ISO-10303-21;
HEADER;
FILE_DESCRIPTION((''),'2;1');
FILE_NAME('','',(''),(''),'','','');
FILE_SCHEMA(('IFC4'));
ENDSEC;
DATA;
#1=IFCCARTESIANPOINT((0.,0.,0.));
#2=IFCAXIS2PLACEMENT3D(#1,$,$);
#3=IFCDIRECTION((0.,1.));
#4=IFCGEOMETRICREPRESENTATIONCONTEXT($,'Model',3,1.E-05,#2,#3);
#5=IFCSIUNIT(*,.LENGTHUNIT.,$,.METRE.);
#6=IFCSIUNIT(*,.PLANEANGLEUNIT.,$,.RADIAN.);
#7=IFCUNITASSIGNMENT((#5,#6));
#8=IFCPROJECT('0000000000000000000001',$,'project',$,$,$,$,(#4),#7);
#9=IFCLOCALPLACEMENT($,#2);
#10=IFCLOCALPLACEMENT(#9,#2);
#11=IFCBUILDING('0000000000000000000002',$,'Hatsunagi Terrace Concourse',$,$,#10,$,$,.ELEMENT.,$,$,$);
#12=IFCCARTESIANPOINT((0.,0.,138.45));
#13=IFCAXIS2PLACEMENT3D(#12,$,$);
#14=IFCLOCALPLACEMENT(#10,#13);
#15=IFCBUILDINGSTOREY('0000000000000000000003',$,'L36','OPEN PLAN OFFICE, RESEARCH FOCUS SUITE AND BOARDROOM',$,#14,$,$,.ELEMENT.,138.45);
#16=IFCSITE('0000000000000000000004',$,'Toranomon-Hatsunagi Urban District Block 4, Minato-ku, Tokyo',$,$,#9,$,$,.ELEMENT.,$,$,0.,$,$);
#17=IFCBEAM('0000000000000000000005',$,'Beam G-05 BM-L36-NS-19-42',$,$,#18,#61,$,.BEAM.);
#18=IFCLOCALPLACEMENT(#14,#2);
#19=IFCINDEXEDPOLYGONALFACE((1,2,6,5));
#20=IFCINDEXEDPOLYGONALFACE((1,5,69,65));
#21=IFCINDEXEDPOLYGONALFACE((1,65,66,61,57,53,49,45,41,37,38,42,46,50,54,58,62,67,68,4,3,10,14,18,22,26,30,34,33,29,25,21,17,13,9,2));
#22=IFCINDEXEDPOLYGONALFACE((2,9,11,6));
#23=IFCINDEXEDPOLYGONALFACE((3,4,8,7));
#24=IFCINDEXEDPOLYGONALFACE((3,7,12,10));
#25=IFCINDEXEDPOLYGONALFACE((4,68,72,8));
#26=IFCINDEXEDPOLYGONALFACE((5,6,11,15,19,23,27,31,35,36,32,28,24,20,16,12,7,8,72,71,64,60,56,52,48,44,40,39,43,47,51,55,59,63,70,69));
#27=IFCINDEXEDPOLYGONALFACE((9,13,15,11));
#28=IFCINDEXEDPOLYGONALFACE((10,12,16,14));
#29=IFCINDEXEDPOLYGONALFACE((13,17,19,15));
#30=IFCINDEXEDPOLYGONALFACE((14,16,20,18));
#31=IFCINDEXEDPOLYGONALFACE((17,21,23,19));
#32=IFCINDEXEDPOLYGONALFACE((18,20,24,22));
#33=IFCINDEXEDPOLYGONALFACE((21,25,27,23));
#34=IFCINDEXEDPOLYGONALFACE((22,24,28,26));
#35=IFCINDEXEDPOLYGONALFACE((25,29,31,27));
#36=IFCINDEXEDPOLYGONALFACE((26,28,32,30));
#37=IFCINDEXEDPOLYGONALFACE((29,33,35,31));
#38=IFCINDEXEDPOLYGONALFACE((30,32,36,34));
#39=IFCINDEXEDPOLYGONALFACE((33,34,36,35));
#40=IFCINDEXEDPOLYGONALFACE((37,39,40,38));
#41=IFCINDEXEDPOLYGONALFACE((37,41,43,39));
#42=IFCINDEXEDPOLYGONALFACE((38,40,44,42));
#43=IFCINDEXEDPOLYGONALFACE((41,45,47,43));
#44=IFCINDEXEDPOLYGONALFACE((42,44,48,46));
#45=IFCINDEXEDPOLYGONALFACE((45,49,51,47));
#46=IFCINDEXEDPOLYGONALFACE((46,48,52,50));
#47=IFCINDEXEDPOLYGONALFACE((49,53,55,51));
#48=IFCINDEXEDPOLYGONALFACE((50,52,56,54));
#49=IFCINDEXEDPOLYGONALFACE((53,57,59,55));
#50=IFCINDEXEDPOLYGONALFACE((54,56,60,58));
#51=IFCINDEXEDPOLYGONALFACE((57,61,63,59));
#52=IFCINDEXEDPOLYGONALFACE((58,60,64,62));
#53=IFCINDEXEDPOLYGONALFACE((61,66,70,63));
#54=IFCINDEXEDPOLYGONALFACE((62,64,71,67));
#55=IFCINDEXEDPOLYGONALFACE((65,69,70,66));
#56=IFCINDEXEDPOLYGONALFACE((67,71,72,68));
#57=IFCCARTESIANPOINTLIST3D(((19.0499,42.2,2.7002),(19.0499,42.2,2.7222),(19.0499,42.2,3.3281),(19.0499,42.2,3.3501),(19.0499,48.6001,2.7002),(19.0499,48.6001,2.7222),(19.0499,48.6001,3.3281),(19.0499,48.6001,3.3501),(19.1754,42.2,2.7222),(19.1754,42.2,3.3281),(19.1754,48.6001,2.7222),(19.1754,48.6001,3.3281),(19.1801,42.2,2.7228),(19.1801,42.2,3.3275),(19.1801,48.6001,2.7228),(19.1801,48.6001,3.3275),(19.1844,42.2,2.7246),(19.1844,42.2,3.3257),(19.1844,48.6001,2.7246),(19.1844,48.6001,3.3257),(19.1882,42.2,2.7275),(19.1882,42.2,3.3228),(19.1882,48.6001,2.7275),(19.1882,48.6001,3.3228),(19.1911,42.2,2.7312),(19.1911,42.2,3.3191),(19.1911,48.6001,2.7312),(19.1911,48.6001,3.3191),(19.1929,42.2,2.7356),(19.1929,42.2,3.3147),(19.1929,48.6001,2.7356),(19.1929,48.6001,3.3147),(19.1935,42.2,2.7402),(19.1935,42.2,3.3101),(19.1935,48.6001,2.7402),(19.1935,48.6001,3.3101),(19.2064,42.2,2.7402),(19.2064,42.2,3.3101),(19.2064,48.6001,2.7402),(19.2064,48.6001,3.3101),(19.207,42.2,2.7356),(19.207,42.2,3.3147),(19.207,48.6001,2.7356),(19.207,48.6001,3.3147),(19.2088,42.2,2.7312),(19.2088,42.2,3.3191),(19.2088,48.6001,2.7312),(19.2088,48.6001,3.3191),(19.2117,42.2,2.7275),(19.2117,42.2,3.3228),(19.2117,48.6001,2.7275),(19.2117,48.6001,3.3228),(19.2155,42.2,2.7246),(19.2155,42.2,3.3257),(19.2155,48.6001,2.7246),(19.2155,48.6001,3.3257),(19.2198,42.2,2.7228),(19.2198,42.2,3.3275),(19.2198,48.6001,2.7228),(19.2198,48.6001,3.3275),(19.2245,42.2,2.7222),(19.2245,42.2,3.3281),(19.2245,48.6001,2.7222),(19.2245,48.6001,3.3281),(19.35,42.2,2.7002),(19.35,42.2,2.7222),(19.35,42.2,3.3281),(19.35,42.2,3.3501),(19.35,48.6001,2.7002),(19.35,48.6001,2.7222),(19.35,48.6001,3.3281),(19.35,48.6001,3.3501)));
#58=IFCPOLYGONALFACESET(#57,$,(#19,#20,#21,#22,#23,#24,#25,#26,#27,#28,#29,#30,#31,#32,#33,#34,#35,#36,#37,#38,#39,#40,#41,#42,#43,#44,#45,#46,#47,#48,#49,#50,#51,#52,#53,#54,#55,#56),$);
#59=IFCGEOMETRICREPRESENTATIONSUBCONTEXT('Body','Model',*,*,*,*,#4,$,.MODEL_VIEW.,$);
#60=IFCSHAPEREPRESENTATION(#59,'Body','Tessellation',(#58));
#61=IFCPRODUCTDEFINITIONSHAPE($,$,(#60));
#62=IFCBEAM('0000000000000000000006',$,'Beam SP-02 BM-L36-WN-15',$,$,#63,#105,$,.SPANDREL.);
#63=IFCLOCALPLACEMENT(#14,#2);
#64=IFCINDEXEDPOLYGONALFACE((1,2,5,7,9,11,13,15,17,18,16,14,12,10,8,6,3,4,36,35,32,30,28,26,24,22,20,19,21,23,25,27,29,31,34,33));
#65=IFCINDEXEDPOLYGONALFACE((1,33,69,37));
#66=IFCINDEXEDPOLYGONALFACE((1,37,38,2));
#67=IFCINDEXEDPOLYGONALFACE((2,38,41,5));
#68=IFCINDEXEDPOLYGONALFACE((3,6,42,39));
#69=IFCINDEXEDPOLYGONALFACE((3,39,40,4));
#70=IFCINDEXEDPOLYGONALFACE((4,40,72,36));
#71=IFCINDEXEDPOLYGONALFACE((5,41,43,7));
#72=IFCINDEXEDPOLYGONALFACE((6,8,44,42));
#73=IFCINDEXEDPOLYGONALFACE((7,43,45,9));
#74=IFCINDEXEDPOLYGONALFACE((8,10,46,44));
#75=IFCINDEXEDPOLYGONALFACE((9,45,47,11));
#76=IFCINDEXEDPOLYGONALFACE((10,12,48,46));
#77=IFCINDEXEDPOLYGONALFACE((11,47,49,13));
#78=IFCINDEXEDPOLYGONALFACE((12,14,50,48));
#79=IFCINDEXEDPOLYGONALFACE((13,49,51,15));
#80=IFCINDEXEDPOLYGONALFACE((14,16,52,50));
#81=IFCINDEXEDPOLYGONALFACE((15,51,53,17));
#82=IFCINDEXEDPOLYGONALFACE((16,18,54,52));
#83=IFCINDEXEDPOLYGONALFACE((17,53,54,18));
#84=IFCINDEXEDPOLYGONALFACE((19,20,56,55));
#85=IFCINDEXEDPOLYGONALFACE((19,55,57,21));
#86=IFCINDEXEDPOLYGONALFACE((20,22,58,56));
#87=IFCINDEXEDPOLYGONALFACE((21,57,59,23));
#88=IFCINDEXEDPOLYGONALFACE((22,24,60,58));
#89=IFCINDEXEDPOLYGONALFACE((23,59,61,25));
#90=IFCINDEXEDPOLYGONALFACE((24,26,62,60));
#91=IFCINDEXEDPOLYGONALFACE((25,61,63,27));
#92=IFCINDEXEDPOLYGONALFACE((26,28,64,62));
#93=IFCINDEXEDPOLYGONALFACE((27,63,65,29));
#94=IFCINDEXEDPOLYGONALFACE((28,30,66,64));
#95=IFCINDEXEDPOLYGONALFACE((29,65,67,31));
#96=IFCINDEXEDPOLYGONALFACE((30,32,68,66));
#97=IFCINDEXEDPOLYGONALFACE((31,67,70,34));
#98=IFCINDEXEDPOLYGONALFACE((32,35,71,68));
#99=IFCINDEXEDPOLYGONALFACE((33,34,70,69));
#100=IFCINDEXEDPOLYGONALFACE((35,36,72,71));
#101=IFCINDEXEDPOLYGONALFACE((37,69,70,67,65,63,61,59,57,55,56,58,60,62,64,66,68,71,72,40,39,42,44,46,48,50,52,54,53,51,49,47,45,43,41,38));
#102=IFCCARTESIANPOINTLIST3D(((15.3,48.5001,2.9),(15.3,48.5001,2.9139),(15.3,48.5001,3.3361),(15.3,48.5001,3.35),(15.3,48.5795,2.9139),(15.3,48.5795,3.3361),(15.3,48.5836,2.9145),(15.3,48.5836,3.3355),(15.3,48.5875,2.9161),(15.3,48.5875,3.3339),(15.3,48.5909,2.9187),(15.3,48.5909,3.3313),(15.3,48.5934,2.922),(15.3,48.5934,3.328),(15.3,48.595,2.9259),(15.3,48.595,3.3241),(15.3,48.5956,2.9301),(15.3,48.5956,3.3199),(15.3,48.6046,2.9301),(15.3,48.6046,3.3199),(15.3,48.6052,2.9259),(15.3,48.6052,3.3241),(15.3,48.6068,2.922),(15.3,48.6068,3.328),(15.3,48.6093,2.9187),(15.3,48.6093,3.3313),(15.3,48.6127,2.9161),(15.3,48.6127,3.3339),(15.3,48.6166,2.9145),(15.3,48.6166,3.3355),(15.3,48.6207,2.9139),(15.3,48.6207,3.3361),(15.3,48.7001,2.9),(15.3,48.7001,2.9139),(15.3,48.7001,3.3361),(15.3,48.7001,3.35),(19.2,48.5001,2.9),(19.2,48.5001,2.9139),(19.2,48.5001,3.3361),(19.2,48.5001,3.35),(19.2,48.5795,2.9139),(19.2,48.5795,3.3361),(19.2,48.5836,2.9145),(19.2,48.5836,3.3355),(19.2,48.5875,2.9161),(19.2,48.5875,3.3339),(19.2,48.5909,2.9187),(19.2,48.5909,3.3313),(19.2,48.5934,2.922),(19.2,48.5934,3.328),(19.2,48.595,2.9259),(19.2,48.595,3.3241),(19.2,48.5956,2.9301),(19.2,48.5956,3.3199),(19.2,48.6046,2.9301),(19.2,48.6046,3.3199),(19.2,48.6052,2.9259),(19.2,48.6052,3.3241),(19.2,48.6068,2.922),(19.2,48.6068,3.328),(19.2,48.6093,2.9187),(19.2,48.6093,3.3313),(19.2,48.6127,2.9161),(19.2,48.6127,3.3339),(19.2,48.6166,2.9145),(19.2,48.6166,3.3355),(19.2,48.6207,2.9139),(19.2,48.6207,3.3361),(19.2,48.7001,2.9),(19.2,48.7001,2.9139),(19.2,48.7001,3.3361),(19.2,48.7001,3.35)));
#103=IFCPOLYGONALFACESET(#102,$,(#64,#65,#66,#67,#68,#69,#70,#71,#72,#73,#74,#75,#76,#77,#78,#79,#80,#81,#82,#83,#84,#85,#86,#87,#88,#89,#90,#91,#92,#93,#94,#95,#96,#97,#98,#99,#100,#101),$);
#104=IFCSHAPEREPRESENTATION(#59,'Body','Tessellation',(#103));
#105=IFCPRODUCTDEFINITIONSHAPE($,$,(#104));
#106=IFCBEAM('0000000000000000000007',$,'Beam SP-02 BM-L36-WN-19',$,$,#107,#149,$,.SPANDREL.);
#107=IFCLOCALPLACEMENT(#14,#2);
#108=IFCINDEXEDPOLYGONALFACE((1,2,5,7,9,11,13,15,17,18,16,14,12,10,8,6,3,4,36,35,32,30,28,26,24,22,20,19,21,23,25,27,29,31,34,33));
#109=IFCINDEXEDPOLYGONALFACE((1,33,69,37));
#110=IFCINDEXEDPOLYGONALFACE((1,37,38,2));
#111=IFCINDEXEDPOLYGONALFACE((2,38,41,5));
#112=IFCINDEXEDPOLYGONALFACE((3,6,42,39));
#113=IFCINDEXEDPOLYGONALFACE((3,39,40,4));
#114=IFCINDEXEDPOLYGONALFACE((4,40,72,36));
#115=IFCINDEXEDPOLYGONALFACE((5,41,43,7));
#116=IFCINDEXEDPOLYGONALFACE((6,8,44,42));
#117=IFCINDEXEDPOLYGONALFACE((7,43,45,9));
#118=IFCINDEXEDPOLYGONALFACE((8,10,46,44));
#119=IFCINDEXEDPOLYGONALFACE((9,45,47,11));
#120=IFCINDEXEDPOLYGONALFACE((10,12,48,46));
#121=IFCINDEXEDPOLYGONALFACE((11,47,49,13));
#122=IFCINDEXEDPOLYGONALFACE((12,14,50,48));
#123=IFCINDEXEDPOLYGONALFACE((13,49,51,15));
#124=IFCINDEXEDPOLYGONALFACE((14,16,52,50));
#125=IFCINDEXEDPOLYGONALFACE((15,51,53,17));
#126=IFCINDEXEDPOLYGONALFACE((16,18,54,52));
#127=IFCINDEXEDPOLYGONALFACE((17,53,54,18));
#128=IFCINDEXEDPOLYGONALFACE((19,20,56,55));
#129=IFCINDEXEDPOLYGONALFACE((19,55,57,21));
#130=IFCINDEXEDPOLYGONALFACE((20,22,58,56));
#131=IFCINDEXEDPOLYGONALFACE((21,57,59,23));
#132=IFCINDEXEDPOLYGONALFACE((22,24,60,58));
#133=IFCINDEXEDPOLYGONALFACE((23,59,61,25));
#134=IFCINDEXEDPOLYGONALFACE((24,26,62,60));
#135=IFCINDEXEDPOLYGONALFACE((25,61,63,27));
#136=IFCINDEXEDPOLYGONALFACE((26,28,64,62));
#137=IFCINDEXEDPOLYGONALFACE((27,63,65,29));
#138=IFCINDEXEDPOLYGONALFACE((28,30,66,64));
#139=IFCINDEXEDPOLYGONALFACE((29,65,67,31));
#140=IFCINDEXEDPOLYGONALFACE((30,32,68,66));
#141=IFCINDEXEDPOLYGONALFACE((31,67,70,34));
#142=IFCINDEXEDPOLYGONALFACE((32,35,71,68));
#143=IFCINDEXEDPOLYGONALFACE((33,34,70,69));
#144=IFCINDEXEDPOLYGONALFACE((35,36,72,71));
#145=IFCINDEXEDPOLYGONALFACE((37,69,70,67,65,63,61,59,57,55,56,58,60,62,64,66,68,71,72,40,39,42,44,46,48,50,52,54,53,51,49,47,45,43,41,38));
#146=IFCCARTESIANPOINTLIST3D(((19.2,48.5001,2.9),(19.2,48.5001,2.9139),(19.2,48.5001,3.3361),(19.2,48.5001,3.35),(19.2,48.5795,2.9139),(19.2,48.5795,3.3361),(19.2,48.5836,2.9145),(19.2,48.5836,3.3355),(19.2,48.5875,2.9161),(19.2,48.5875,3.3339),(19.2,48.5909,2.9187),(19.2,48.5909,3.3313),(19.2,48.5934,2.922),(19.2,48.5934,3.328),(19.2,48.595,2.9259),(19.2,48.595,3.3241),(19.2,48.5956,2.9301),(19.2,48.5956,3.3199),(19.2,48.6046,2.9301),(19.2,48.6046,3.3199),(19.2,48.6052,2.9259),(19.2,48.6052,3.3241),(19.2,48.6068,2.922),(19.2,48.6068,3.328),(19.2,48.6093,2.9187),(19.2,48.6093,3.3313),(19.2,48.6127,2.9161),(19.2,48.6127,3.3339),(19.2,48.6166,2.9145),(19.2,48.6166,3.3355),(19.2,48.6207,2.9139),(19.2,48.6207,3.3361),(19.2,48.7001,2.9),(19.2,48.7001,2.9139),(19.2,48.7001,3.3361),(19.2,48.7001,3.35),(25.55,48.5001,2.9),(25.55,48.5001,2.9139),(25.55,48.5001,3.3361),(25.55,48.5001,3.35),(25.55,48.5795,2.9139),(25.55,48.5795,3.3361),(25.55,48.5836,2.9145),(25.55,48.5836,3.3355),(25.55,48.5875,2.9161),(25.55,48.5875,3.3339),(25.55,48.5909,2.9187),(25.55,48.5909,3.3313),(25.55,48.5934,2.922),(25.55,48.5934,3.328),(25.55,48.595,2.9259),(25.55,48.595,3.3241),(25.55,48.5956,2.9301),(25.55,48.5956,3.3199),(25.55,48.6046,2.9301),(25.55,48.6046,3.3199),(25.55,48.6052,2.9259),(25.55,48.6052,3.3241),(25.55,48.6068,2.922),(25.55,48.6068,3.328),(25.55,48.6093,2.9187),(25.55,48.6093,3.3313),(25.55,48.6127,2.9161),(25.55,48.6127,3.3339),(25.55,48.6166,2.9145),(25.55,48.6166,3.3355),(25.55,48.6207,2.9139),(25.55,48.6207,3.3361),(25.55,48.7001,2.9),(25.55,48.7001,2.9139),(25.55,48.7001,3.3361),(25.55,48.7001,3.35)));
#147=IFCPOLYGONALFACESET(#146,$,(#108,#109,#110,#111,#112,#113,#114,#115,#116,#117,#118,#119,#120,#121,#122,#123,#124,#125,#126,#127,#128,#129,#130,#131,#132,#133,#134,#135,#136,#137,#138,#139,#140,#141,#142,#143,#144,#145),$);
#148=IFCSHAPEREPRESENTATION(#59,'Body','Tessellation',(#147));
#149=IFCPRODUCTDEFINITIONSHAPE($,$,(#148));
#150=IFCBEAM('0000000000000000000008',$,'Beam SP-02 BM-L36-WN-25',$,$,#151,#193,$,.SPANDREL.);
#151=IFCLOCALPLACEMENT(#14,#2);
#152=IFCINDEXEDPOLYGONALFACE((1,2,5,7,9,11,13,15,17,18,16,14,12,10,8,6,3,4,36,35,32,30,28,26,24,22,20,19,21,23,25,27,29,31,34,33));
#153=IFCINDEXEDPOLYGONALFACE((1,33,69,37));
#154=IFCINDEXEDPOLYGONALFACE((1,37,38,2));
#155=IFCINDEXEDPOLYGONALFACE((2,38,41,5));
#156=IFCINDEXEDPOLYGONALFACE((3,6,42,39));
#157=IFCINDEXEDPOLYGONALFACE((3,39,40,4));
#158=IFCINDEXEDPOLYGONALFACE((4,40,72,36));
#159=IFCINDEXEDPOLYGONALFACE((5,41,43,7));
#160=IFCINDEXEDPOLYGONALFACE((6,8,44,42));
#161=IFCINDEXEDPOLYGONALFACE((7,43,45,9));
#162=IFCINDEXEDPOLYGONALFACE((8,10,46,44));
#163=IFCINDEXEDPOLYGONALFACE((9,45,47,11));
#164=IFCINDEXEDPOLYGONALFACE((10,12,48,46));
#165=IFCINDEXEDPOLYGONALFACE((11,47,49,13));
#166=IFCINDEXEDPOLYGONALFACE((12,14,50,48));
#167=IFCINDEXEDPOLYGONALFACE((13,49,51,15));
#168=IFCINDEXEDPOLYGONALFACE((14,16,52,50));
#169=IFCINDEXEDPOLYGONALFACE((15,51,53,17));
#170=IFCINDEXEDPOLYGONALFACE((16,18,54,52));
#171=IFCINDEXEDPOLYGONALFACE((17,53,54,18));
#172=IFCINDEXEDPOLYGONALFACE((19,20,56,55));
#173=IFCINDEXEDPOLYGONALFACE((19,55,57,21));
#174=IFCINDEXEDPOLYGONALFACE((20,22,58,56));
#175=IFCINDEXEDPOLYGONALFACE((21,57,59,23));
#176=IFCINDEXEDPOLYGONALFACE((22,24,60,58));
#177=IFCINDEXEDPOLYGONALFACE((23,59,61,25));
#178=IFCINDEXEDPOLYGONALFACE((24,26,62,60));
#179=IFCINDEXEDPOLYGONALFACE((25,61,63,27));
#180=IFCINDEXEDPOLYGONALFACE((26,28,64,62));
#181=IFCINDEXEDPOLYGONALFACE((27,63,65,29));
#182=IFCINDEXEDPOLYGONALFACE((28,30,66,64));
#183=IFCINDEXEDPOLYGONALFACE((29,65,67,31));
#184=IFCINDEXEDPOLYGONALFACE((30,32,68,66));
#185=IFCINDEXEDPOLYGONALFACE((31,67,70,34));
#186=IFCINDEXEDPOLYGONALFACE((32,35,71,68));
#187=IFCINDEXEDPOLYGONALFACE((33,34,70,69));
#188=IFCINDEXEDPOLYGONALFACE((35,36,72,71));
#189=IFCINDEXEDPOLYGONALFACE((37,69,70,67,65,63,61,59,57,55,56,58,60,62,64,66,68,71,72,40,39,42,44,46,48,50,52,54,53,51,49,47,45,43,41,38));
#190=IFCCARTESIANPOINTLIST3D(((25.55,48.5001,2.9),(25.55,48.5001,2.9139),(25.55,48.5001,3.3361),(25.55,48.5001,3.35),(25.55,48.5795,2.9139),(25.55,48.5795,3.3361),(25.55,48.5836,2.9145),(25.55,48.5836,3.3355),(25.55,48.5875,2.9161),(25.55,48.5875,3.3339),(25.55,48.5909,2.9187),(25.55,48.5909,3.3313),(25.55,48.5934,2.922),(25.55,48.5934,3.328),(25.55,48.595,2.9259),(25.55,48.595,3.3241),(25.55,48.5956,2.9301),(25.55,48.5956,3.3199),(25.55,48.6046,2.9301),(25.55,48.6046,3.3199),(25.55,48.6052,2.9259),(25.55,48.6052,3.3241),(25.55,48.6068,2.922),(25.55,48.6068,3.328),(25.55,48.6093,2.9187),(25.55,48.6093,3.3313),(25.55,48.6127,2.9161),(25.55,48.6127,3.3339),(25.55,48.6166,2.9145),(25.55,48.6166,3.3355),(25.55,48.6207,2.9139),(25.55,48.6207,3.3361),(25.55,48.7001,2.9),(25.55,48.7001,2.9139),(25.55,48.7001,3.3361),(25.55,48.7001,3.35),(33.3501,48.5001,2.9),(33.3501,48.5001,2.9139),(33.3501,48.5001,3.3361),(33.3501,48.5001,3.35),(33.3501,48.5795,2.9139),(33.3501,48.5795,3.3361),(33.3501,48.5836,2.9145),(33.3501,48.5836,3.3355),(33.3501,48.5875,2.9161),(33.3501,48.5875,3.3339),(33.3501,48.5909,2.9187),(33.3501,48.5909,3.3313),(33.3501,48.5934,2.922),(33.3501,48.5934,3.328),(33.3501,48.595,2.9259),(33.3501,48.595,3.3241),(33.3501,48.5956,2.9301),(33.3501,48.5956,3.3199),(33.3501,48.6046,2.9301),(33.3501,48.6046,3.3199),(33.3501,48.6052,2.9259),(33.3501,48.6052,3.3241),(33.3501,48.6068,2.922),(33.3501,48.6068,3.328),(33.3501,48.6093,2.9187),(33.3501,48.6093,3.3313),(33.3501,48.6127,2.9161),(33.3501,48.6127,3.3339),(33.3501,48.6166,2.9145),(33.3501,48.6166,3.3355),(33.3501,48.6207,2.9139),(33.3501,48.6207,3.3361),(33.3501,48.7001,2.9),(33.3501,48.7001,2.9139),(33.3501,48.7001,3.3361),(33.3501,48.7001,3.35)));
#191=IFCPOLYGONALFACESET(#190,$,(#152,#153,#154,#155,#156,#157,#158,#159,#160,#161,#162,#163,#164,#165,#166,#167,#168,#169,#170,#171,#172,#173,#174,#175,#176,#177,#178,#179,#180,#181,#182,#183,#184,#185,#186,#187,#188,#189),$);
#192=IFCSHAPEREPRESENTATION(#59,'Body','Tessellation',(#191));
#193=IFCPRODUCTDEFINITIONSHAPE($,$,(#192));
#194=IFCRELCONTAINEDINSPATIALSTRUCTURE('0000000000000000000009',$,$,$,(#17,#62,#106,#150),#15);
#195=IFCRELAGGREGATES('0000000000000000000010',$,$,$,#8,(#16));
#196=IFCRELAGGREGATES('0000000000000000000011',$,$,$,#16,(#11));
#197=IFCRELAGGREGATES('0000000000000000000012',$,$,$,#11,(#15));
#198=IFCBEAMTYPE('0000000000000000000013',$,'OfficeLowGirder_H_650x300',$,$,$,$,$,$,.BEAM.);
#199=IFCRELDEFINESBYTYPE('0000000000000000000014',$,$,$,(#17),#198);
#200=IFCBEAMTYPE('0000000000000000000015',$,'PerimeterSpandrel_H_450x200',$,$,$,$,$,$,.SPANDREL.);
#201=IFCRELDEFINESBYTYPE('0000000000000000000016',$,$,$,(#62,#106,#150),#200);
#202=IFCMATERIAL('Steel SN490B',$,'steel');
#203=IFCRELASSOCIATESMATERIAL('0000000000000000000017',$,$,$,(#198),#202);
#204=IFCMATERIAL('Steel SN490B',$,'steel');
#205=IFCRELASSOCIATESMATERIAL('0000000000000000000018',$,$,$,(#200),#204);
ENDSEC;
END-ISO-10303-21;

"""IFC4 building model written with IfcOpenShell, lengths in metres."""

from ifc_helpers import new_model, si_unit, direction, frame, origin, origin_2d, place, context, subcontext, project, spatial, i_section, extrude, material, material_profile, profile_set, type_object, element, save


model = new_model("IFC4")

# Units and contexts
model_context = context("Model", 3, precision=1e-05, world=origin(), true_north=direction((0.0, 1.0)))
body_context = subcontext(model_context, "Body", "Model", "MODEL_VIEW")
ifc_project = project(units=[si_unit("LENGTHUNIT", "METRE"), si_unit("PLANEANGLEUNIT", "RADIAN")], contexts=[model_context])

# Site, building, storey
site_placement = place(None, origin())
site = spatial("IfcSite", under=ifc_project, at=site_placement, Name="Toranomon-Hatsunagi Urban District Block 4, Minato-ku, Tokyo", CompositionType="ELEMENT", RefElevation=0.0)
building_placement = place(site_placement, origin())
building = spatial("IfcBuilding", under=site, at=building_placement, Name="Hatsunagi Terrace Concourse", CompositionType="ELEMENT")
storey_placement = place(building_placement, frame((0.0, 0.0, 138.45)))
storey = spatial("IfcBuildingStorey", under=building, at=storey_placement, Name="L36", Description="OPEN PLAN OFFICE, RESEARCH FOCUS SUITE AND BOARDROOM", CompositionType="ELEMENT", Elevation=138.45)

# Beams
ifc_material_1 = material(Name="Steel SN490B", Category="steel")
ifc_material_profile_1 = material_profile(ifc_material_1, i_section(OverallWidth=0.3, OverallDepth=0.6499, WebThickness=0.0129, FlangeThickness=0.022, FilletRadius=0.0181, at=origin_2d()), Name="H-650x300x13x22")
ifc_profile_set_1 = profile_set([ifc_material_profile_1], Name="Steel SN490B")
beam_type_1 = type_object("IfcBeamType", Name="OfficeLowGirder_H_650x300", PredefinedType="BEAM", material=ifc_profile_set_1)
beam_1_placement = place(storey_placement, frame((19.2, 42.2, 3.0251), z_axis=(0.0, 1.0, 0.0), x_axis=(-1.0, 0.0, 0.0)))
element("IfcBeam", 1, at=beam_1_placement, inside=storey, type_object=beam_type_1, Name="Beam G-05 BM-L36-NS-19-42", PredefinedType="BEAM", context=body_context, shape_type="SweptSolid", body=[
    extrude(i_section(OverallWidth=0.3, OverallDepth=0.6499, WebThickness=0.0129, FlangeThickness=0.022, FilletRadius=0.0181, at=origin_2d()), origin(), (0.0, 0.0, 1.0), 6.4001),
])
ifc_material_2 = material(Name="Steel SN490B", Category="steel")
ifc_material_profile_2 = material_profile(ifc_material_2, i_section(OverallWidth=0.2, OverallDepth=0.45, WebThickness=0.009, FlangeThickness=0.0139, FilletRadius=0.0161, at=origin_2d()), Name="H-450x200x9x14")
ifc_profile_set_2 = profile_set([ifc_material_profile_2], Name="Steel SN490B")
beam_type_2 = type_object("IfcBeamType", Name="PerimeterSpandrel_H_450x200", PredefinedType="SPANDREL", material=ifc_profile_set_2)
beam_2_placement = place(storey_placement, frame((15.3, 48.6001, 3.125), z_axis=(1.0, 0.0, 0.0), x_axis=(0.0, 1.0, 0.0)))
element("IfcBeam", 2, at=beam_2_placement, inside=storey, type_object=beam_type_2, Name="Beam SP-02 BM-L36-WN-15", PredefinedType="SPANDREL", context=body_context, shape_type="SweptSolid", body=[
    extrude(i_section(OverallWidth=0.2, OverallDepth=0.45, WebThickness=0.009, FlangeThickness=0.0139, FilletRadius=0.0161, at=origin_2d()), origin(), (0.0, 0.0, 1.0), 3.8999),
])
beam_3_placement = place(storey_placement, frame((19.2, 48.6001, 3.125), z_axis=(1.0, 0.0, 0.0), x_axis=(0.0, 1.0, 0.0)))
element("IfcBeam", 3, at=beam_3_placement, inside=storey, type_object=beam_type_2, Name="Beam SP-02 BM-L36-WN-19", PredefinedType="SPANDREL", context=body_context, shape_type="SweptSolid", body=[
    extrude(i_section(OverallWidth=0.2, OverallDepth=0.45, WebThickness=0.009, FlangeThickness=0.0139, FilletRadius=0.0161, at=origin_2d()), origin(), (0.0, 0.0, 1.0), 6.3501),
])
beam_4_placement = place(storey_placement, frame((25.55, 48.6001, 3.125), z_axis=(1.0, 0.0, 0.0), x_axis=(0.0, 1.0, 0.0)))
element("IfcBeam", 4, at=beam_4_placement, inside=storey, type_object=beam_type_2, Name="Beam SP-02 BM-L36-WN-25", PredefinedType="SPANDREL", context=body_context, shape_type="SweptSolid", body=[
    extrude(i_section(OverallWidth=0.2, OverallDepth=0.45, WebThickness=0.009, FlangeThickness=0.0139, FilletRadius=0.0161, at=origin_2d()), origin(), (0.0, 0.0, 1.0), 7.8),
])

save(model, "model.ifc")
